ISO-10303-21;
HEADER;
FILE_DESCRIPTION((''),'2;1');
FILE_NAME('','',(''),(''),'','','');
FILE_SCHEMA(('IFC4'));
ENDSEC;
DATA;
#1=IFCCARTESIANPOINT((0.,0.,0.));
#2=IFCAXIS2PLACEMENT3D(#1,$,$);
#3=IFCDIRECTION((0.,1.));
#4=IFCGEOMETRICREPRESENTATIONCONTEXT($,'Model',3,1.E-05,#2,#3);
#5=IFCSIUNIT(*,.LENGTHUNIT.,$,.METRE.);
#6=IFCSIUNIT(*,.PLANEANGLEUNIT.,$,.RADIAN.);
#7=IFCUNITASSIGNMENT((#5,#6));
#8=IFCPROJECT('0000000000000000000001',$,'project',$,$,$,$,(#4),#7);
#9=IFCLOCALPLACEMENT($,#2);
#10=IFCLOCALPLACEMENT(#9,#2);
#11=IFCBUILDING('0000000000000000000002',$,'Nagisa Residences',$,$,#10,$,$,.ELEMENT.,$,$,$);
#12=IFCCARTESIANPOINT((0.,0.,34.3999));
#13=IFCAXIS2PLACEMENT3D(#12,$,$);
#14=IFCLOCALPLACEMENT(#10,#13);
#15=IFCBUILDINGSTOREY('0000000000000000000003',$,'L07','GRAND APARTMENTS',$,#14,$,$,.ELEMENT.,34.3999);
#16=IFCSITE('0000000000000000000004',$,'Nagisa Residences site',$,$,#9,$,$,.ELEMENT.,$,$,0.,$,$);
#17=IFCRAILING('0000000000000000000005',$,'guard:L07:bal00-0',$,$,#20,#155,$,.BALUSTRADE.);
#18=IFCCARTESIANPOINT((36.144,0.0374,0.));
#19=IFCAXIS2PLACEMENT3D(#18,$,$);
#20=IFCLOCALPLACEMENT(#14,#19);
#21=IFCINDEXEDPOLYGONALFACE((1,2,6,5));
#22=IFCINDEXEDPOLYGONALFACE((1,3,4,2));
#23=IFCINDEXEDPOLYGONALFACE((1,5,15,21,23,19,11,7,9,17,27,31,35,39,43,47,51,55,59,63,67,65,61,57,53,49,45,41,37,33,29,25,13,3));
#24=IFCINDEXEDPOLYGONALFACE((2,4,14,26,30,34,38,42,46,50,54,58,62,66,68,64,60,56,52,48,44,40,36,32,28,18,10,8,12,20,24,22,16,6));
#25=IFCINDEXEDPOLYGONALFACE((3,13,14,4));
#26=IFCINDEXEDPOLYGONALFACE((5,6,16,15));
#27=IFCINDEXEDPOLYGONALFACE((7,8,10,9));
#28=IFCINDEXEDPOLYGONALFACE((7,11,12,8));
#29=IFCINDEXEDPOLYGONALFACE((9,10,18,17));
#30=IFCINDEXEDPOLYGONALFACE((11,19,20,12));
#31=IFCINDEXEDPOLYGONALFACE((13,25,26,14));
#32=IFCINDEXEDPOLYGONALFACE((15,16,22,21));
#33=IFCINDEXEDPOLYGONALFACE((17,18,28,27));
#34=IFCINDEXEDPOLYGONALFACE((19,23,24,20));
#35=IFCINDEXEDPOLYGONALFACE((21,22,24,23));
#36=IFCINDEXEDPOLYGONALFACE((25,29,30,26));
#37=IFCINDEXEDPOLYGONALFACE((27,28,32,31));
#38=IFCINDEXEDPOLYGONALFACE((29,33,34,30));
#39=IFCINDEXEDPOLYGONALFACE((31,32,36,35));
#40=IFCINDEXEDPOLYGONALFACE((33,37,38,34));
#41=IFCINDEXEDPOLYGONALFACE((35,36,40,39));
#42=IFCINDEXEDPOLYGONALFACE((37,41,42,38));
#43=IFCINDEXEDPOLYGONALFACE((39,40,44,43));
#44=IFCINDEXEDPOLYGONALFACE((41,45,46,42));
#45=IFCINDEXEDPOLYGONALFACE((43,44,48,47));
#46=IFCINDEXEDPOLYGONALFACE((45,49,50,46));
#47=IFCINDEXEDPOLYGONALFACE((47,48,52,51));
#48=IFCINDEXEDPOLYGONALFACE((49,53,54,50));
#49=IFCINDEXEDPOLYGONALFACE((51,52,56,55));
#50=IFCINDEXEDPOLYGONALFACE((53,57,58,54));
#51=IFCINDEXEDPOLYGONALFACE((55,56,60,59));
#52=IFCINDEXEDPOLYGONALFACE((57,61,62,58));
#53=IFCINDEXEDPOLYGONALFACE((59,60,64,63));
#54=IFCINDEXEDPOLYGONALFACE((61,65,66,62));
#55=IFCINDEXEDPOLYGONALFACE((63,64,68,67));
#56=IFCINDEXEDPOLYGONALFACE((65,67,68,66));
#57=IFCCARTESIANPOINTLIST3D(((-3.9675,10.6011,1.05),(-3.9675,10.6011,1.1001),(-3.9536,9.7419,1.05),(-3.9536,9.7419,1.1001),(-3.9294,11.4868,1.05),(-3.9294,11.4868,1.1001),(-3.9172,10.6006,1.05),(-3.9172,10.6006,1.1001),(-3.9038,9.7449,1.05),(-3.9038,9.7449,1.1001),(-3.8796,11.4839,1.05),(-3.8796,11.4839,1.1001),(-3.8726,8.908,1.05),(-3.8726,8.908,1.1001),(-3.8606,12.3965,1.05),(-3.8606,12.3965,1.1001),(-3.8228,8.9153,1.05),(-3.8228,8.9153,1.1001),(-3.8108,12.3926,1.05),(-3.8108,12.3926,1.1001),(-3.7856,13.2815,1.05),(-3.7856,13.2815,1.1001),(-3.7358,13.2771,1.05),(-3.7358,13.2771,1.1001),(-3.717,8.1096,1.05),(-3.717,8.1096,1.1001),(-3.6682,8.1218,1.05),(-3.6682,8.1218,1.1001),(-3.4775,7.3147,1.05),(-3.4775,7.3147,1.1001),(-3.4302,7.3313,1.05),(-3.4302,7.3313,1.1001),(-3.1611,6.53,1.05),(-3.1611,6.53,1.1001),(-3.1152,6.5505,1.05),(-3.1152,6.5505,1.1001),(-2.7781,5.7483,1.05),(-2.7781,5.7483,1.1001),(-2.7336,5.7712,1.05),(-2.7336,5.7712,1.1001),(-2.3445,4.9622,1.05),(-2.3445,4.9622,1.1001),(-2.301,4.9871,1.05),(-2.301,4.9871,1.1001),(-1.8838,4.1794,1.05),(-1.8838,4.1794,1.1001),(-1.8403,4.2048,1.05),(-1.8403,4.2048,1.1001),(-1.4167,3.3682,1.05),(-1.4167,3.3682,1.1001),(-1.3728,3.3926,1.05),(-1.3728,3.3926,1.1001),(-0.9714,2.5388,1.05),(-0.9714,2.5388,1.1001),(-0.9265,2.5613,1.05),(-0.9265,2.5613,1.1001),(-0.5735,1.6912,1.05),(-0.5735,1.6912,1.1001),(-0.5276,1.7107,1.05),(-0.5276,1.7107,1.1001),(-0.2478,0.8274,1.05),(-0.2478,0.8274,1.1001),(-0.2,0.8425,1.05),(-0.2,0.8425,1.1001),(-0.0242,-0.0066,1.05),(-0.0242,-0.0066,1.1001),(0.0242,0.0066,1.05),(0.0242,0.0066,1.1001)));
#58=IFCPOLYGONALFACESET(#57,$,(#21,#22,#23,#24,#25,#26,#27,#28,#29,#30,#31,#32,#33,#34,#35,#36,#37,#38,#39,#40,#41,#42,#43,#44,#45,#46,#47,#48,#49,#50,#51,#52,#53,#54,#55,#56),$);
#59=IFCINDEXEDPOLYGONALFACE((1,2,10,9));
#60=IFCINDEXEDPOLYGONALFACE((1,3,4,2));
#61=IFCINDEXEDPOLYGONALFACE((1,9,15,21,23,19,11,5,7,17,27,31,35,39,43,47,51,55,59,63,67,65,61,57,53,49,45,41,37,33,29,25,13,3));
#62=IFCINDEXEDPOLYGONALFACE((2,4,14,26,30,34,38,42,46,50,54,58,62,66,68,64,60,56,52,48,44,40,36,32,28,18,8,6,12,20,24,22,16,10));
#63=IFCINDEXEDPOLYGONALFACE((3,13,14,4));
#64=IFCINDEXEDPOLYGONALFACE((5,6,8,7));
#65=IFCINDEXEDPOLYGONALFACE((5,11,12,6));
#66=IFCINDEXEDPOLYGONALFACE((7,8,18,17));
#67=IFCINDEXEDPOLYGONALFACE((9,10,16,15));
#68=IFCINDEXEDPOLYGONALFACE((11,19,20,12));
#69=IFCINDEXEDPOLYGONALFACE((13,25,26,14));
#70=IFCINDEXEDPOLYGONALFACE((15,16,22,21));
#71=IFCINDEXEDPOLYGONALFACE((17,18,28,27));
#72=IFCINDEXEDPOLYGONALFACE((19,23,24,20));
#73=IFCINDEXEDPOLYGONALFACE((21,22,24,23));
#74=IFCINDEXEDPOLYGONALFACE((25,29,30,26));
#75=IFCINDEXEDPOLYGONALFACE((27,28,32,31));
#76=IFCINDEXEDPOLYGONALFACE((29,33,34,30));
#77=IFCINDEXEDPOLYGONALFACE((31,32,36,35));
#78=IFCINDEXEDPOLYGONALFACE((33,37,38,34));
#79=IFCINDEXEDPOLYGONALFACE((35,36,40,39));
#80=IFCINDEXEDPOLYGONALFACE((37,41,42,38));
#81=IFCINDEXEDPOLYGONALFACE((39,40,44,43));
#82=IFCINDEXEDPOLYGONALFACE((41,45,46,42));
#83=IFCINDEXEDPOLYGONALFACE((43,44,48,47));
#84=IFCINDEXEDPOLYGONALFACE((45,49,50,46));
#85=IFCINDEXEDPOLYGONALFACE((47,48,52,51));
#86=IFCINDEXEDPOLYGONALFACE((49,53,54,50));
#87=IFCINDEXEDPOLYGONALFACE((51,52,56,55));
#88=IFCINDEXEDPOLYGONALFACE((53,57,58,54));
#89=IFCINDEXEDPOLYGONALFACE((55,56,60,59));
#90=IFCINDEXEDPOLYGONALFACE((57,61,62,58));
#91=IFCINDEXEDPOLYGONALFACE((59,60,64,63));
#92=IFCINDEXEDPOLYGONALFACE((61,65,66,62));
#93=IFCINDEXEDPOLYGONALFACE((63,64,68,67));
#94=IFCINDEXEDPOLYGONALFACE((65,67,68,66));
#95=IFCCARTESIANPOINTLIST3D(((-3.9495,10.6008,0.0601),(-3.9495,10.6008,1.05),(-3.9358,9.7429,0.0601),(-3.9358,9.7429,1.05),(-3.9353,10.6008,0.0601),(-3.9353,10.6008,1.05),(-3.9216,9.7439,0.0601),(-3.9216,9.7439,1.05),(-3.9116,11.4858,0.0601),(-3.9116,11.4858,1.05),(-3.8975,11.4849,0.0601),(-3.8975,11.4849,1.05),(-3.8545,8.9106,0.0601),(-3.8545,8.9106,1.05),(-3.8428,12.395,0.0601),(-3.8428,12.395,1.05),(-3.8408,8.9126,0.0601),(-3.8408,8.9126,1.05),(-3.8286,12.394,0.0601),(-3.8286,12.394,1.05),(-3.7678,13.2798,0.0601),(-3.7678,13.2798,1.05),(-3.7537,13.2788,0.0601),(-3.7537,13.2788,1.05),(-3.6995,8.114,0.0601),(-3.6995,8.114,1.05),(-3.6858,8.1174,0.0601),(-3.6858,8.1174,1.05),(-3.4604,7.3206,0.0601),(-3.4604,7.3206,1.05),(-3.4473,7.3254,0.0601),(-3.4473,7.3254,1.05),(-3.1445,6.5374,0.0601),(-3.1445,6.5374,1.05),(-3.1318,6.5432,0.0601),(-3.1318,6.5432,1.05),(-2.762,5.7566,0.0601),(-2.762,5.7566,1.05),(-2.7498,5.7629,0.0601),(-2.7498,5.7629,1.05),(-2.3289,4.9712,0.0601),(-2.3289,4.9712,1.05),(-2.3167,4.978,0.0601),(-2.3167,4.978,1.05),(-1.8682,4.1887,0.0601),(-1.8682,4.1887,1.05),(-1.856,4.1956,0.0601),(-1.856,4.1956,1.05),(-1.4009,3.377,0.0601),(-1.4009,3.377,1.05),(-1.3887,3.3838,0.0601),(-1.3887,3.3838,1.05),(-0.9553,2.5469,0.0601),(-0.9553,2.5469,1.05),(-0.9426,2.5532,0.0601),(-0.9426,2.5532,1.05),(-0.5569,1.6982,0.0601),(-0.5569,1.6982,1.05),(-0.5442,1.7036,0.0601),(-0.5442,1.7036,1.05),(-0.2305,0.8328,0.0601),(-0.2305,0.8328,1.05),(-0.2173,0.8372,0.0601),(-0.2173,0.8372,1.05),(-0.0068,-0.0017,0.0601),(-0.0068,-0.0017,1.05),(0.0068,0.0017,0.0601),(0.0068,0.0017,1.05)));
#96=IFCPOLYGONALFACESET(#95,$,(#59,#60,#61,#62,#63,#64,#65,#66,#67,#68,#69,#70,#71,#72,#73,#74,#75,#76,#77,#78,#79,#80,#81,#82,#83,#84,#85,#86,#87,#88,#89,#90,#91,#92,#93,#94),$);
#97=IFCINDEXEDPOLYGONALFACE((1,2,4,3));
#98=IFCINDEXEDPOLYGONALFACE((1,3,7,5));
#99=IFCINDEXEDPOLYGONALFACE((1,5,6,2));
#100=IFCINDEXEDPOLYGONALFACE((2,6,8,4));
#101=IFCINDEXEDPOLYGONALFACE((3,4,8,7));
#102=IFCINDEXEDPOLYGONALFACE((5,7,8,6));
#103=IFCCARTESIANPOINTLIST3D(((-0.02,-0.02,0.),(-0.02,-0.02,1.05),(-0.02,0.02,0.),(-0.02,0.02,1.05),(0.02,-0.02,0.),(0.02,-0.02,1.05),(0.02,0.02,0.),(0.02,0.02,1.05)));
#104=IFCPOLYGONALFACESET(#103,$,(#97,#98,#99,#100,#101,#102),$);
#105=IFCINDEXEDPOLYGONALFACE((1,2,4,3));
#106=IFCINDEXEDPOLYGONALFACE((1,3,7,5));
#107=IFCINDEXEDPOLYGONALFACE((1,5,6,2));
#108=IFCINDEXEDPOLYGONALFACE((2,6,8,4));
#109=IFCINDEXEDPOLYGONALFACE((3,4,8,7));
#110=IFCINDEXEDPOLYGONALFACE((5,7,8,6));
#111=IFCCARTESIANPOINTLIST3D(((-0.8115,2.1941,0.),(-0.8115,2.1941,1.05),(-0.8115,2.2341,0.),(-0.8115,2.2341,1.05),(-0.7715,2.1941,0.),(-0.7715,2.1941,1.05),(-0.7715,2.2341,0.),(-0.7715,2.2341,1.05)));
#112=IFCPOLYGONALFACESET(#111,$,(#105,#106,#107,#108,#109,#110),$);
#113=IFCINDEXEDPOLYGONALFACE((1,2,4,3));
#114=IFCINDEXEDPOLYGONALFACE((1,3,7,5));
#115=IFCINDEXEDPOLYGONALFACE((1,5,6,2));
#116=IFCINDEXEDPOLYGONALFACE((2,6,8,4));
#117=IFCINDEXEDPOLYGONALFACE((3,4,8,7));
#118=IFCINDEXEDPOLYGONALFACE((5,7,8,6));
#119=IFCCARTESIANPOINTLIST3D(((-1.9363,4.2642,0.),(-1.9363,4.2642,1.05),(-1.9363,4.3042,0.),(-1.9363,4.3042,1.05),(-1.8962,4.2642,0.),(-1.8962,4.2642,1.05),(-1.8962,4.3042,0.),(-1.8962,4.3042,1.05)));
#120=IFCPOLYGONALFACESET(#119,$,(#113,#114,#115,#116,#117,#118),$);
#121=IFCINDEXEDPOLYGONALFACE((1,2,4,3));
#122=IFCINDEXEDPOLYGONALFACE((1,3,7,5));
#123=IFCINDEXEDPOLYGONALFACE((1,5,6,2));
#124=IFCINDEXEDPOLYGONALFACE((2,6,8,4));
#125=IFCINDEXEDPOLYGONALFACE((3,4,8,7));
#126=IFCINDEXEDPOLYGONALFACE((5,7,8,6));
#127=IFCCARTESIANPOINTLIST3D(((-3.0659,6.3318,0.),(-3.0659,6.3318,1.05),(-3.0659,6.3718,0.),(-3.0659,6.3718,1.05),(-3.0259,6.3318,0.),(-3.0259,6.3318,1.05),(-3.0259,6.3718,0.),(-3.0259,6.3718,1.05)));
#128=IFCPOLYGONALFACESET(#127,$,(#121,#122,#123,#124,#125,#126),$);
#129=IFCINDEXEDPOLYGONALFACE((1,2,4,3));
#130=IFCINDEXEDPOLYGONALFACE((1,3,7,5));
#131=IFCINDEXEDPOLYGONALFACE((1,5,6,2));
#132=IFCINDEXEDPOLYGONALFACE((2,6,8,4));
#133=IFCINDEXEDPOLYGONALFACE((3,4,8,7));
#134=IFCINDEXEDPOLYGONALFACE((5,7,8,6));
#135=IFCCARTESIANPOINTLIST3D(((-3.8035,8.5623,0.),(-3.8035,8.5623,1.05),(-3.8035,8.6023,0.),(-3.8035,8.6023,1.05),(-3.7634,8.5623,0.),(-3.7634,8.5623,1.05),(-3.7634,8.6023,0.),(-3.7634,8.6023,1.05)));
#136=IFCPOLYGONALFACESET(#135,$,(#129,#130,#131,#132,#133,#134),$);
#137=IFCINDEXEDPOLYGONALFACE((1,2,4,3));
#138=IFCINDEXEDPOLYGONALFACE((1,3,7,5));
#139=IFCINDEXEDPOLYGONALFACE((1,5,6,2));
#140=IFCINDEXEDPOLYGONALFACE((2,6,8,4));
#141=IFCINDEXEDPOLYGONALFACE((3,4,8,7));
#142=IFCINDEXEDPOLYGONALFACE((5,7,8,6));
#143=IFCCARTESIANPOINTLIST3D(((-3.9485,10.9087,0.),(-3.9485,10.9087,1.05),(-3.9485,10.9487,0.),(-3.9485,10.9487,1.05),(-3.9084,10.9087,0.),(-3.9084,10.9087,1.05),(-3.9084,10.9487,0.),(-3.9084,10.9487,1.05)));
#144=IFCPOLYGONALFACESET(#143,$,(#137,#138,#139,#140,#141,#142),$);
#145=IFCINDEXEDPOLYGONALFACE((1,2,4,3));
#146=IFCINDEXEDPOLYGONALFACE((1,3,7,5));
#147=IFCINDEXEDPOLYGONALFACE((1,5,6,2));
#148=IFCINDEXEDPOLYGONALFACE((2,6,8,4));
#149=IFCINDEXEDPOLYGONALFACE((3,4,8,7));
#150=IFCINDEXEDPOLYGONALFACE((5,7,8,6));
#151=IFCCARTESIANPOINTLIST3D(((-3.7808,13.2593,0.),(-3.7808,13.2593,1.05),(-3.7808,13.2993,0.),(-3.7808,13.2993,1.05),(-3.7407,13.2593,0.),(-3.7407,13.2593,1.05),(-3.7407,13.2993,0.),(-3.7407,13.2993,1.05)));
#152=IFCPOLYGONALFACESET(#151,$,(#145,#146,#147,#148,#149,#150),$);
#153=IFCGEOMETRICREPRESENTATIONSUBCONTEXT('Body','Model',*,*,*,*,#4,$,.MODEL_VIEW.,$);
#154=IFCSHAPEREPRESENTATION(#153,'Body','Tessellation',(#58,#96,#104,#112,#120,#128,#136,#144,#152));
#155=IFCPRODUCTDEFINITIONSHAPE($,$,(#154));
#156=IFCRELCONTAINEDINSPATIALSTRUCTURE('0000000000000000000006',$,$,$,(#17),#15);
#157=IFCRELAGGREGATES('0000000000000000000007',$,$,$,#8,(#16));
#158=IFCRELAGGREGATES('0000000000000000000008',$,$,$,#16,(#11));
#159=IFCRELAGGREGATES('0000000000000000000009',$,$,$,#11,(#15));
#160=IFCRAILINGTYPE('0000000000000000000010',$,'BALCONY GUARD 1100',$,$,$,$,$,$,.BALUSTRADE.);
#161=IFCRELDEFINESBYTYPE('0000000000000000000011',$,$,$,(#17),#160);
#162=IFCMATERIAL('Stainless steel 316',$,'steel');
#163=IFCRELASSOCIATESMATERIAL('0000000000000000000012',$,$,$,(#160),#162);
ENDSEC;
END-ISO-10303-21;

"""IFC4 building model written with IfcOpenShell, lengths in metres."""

from ifc_helpers import new_model, si_unit, direction, frame, origin, origin_2d, place, context, subcontext, project, spatial, polyline, rectangle, outline, extrude, material, type_object, element, save


model = new_model("IFC4")

# Units and contexts
model_context = context("Model", 3, precision=1e-05, world=origin(), true_north=direction((0.0, 1.0)))
body_context = subcontext(model_context, "Body", "Model", "MODEL_VIEW")
ifc_project = project(units=[si_unit("LENGTHUNIT", "METRE"), si_unit("PLANEANGLEUNIT", "RADIAN")], contexts=[model_context])

# Site, building, storey
site_placement = place(None, origin())
site = spatial("IfcSite", under=ifc_project, at=site_placement, Name="Nagisa Residences site", CompositionType="ELEMENT", RefElevation=0.0)
building_placement = place(site_placement, origin())
building = spatial("IfcBuilding", under=site, at=building_placement, Name="Nagisa Residences", CompositionType="ELEMENT")
storey_placement = place(building_placement, frame((0.0, 0.0, 34.3999)))
storey = spatial("IfcBuildingStorey", under=building, at=storey_placement, Name="L07", Description="GRAND APARTMENTS", CompositionType="ELEMENT", Elevation=34.3999)

# Railing
ifc_material_1 = material(Name="Stainless steel 316", Category="steel")
railing_type = type_object("IfcRailingType", Name="BALCONY GUARD 1100", PredefinedType="BALUSTRADE", material=ifc_material_1)
railing_1_placement = place(storey_placement, frame((36.144, 0.0374, 0.0)))
element("IfcRailing", 1, at=railing_1_placement, inside=storey, type_object=railing_type, Name="guard:L07:bal00-0", PredefinedType="BALUSTRADE", context=body_context, shape_type="SweptSolid", body=[
    extrude(outline(polyline([(-0.2478, 0.8274), (-0.0242, -0.0066), (0.0242, 0.0066), (-0.2, 0.8425), (-0.5276, 1.7107), (-0.9265, 2.5613), (-1.3728, 3.3926), (-1.8403, 4.2048), (-2.301, 4.9871), (-2.7336, 5.7712), (-3.1152, 6.5505), (-3.4302, 7.3313), (-3.6682, 8.1218), (-3.8228, 8.9153), (-3.9038, 9.7449), (-3.9172, 10.6006), (-3.8796, 11.4839), (-3.8108, 12.3926), (-3.7358, 13.2771), (-3.7856, 13.2815), (-3.8606, 12.3965), (-3.9294, 11.4868), (-3.9675, 10.6011), (-3.9536, 9.7419), (-3.8726, 8.908), (-3.717, 8.1096), (-3.4775, 7.3147), (-3.1611, 6.53), (-2.7781, 5.7483), (-2.3445, 4.9622), (-1.8838, 4.1794), (-1.4167, 3.3682), (-0.9714, 2.5388), (-0.5735, 1.6912), (-0.2478, 0.8274)])), frame((0.0, 0.0, 1.05)), (0.0, 0.0, 1.0), 0.05),
    extrude(outline(polyline([(-0.2305, 0.8328), (-0.0068, -0.0017), (0.0068, 0.0017), (-0.2173, 0.8372), (-0.5442, 1.7036), (-0.9426, 2.5532), (-1.3887, 3.3838), (-1.856, 4.1956), (-2.3167, 4.978), (-2.7498, 5.7629), (-3.1318, 6.5432), (-3.4473, 7.3254), (-3.6858, 8.1174), (-3.8408, 8.9126), (-3.9216, 9.7439), (-3.9353, 10.6008), (-3.8975, 11.4849), (-3.8286, 12.394), (-3.7537, 13.2788), (-3.7678, 13.2798), (-3.8428, 12.395), (-3.9116, 11.4858), (-3.9495, 10.6008), (-3.9358, 9.7429), (-3.8545, 8.9106), (-3.6995, 8.114), (-3.4604, 7.3206), (-3.1445, 6.5374), (-2.762, 5.7566), (-2.3289, 4.9712), (-1.8682, 4.1887), (-1.4009, 3.377), (-0.9553, 2.5469), (-0.5569, 1.6982), (-0.2305, 0.8328)])), frame((0.0, 0.0, 0.0601)), (0.0, 0.0, 1.0), 0.99),
    extrude(rectangle(XDim=0.04, YDim=0.04, at=origin_2d()), origin(), (0.0, 0.0, 1.0), 1.05),
    extrude(rectangle(XDim=0.04, YDim=0.04, at=origin_2d()), frame((-0.7915, 2.2141, 0.0)), (0.0, 0.0, 1.0), 1.05),
    extrude(rectangle(XDim=0.04, YDim=0.04, at=origin_2d()), frame((-1.9163, 4.2842, 0.0)), (0.0, 0.0, 1.0), 1.05),
    extrude(rectangle(XDim=0.04, YDim=0.04, at=origin_2d()), frame((-3.0459, 6.3518, 0.0)), (0.0, 0.0, 1.0), 1.05),
    extrude(rectangle(XDim=0.04, YDim=0.04, at=origin_2d()), frame((-3.7834, 8.5823, 0.0)), (0.0, 0.0, 1.0), 1.05),
    extrude(rectangle(XDim=0.04, YDim=0.04, at=origin_2d()), frame((-3.9285, 10.9287, 0.0)), (0.0, 0.0, 1.0), 1.05),
    extrude(rectangle(XDim=0.04, YDim=0.04, at=origin_2d()), frame((-3.7607, 13.2793, 0.0)), (0.0, 0.0, 1.0), 1.05),
])

save(model, "model.ifc")
